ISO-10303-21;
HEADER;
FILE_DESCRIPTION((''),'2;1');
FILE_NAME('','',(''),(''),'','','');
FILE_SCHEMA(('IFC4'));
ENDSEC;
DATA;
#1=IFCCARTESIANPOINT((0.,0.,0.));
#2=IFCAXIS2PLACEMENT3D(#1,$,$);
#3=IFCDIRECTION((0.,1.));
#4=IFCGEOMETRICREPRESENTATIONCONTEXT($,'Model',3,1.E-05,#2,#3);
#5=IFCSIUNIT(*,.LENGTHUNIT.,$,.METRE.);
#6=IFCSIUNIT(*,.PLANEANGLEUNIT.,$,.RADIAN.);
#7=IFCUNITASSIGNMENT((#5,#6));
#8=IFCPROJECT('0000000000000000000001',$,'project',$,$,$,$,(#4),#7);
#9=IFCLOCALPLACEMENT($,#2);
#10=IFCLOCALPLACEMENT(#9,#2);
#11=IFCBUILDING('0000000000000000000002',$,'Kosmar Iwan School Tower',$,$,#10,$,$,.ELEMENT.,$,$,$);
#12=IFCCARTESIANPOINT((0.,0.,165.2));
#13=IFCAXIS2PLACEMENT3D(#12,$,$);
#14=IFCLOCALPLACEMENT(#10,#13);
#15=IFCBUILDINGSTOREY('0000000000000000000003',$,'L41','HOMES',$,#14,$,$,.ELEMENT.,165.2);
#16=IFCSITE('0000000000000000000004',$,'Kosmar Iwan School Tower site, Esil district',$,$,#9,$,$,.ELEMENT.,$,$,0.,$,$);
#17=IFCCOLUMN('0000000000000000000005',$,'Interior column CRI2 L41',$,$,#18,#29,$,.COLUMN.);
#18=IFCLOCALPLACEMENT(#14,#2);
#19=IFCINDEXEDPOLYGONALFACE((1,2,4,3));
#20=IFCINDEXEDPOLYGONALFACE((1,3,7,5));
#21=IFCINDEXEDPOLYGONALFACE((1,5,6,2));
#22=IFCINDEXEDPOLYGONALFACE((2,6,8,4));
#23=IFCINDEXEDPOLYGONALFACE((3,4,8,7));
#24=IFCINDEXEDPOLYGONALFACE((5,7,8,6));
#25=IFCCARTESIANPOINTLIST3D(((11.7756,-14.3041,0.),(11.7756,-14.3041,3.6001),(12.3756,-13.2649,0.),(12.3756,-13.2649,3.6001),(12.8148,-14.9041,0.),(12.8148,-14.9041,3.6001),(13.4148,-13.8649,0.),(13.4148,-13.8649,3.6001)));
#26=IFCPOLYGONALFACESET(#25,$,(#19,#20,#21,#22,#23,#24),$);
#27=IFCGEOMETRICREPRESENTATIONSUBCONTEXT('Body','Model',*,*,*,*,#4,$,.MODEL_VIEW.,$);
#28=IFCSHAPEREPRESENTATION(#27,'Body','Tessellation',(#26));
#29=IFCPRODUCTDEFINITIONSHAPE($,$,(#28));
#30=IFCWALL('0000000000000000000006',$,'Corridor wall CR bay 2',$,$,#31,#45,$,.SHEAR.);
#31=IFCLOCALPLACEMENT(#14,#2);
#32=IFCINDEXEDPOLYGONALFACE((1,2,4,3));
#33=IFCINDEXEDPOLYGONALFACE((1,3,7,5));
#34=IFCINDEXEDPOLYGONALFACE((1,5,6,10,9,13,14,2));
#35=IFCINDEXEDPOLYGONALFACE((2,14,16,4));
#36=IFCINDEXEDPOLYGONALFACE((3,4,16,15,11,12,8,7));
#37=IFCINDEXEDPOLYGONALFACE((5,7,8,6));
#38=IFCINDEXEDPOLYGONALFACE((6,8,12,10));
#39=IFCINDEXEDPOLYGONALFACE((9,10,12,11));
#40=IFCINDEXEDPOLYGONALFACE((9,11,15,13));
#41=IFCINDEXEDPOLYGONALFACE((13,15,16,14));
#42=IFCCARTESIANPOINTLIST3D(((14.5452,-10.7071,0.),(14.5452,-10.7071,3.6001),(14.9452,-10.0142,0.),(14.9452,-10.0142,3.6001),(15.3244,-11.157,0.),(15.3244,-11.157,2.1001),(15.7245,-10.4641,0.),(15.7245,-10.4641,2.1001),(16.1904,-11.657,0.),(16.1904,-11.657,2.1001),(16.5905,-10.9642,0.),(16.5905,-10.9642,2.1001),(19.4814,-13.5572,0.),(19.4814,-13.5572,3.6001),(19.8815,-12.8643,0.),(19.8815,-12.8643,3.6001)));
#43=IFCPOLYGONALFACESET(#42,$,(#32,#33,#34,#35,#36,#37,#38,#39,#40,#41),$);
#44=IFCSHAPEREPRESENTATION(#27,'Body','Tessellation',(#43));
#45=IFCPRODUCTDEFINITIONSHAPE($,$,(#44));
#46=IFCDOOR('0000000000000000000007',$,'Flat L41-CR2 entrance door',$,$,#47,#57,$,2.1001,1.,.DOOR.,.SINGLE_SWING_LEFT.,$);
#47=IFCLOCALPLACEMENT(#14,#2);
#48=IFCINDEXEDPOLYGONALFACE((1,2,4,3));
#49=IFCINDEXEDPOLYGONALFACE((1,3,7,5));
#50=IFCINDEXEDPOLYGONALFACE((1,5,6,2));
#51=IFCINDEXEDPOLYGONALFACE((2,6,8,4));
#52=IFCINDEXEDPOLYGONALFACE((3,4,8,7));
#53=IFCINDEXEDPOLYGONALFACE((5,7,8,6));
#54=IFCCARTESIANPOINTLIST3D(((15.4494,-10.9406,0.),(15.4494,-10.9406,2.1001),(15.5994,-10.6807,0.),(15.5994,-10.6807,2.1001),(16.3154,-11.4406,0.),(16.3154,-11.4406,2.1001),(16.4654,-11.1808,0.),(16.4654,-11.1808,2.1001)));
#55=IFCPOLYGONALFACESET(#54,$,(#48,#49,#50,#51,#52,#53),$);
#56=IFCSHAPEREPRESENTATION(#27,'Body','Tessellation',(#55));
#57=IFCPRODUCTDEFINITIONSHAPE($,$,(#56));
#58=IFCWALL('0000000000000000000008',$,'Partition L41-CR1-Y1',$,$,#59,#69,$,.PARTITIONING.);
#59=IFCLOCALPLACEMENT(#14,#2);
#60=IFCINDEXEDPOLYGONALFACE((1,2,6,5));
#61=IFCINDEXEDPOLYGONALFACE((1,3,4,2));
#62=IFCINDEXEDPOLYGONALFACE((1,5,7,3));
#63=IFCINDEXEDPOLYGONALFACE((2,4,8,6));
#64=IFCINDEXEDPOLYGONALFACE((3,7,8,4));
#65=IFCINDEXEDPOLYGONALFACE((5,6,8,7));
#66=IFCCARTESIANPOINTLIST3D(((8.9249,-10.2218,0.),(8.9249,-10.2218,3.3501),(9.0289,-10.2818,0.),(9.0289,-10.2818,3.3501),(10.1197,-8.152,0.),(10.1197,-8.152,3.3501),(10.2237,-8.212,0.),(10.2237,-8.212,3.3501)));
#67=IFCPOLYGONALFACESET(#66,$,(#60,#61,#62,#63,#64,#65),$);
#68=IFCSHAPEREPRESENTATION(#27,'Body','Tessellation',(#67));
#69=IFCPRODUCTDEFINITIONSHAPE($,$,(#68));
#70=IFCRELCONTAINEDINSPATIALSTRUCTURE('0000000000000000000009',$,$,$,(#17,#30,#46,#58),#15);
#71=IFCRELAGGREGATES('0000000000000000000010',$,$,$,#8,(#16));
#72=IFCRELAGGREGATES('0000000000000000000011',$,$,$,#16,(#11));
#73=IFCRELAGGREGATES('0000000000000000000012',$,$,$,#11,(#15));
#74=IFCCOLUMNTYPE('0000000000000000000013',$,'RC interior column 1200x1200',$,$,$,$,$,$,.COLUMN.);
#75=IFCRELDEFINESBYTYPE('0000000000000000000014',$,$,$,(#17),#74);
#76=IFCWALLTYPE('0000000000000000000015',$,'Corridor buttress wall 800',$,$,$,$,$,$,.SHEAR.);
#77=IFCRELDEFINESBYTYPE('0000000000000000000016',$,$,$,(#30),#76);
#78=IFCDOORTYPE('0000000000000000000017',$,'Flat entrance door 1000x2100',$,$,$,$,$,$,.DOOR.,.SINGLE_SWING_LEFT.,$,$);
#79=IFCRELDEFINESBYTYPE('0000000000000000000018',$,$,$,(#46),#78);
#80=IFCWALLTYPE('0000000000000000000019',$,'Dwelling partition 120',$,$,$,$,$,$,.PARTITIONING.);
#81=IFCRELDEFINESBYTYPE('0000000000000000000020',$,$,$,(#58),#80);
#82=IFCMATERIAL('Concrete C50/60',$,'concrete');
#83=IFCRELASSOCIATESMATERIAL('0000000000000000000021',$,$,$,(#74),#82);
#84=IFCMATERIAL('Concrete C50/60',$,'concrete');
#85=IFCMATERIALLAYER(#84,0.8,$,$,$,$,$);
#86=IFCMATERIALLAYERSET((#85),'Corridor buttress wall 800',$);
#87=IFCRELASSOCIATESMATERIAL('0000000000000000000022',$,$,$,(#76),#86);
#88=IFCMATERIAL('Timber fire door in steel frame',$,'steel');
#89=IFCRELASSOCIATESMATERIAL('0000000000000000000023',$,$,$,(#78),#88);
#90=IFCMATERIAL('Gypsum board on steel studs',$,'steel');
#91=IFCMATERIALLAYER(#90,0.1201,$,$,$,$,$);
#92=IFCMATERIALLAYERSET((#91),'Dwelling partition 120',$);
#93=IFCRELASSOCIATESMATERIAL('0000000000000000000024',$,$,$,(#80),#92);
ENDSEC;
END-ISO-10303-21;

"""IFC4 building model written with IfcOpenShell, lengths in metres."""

from ifc_helpers import new_model, si_unit, direction, frame, frame_2d, origin, origin_2d, place, context, subcontext, project, spatial, rectangle, extrude, material, layer, layer_set, material_profile, profile_set, type_object, element, fill, save


model = new_model("IFC4")

# Units and contexts
model_context = context("Model", 3, precision=1e-05, world=origin(), true_north=direction((0.0, 1.0)))
body_context = subcontext(model_context, "Body", "Model", "MODEL_VIEW")
ifc_project = project(units=[si_unit("LENGTHUNIT", "METRE"), si_unit("PLANEANGLEUNIT", "RADIAN")], contexts=[model_context])

# Site, building, storey
site_placement = place(None, origin())
site = spatial("IfcSite", under=ifc_project, at=site_placement, Name="Kosmar Iwan School Tower site, Esil district", CompositionType="ELEMENT", RefElevation=0.0)
building_placement = place(site_placement, origin())
building = spatial("IfcBuilding", under=site, at=building_placement, Name="Kosmar Iwan School Tower", CompositionType="ELEMENT")
storey_placement = place(building_placement, frame((0.0, 0.0, 165.2)))
storey = spatial("IfcBuildingStorey", under=building, at=storey_placement, Name="L41", Description="HOMES", CompositionType="ELEMENT", Elevation=165.2)

# Column
ifc_material_1 = material(Name="Concrete C50/60", Category="concrete")
ifc_material_profile = material_profile(ifc_material_1, rectangle(XDim=1.2, YDim=1.2, at=origin_2d()), Name="RC 1200x1200")
ifc_profile_set = profile_set([ifc_material_profile], Name="Concrete C50/60")
column_type = type_object("IfcColumnType", Name="RC interior column 1200x1200", PredefinedType="COLUMN", material=ifc_profile_set)
column_placement = place(storey_placement, frame((12.5952, -14.0845, 0.0), z_axis=(0.0, 0.0, 1.0), x_axis=(0.866025, -0.5, 0.0)))
element("IfcColumn", 1, at=column_placement, inside=storey, type_object=column_type, Name="Interior column CRI2 L41", PredefinedType="COLUMN", context=body_context, shape_type="SweptSolid", body=[
    extrude(rectangle(XDim=1.2, YDim=1.2, at=origin_2d()), origin(), (0.0, 0.0, 1.0), 3.6001),
])

# Wall, opening, door
ifc_material_2 = material(Name="Concrete C50/60", Category="concrete")
ifc_layer_1 = layer(ifc_material_2, 0.8)
ifc_layer_set_1 = layer_set([ifc_layer_1], Name="Corridor buttress wall 800")
wall_type_1 = type_object("IfcWallType", Name="Corridor buttress wall 800", PredefinedType="SHEAR", material=ifc_layer_set_1)
wall_1_placement = place(storey_placement, frame((14.7451, -10.3606, 0.0), z_axis=(0.0, 0.0, 1.0), x_axis=(0.866015, -0.500018, 0.0)))
wall_1 = element("IfcWall", 2, at=wall_1_placement, inside=storey, type_object=wall_type_1, Name="Corridor wall CR bay 2", PredefinedType="SHEAR", context=body_context, shape_type="SweptSolid", body=[
    extrude(rectangle(XDim=5.7, YDim=0.8, at=frame_2d((2.8501, 0.0))), origin(), (0.0, 0.0, 1.0), 3.6001),
])
opening_1_placement = place(wall_1_placement, frame((0.8999, 0.0, 0.0)))
opening_1 = element("IfcOpeningElement", 3, at=opening_1_placement, cuts=wall_1, PredefinedType="OPENING", context=body_context, shape_type="SweptSolid", body=[
    extrude(rectangle(XDim=1.0, YDim=2.1001, at=frame_2d((0.5, 1.05))), frame((0.0, 0.4121, 0.0), z_axis=(0.0, -1.0, 0.0), x_axis=(1.0, 0.0, 0.0)), (0.0, 0.0, 1.0), 0.824),
])
ifc_material_3 = material(Name="Timber fire door in steel frame", Category="steel")
door_type_1 = type_object("IfcDoorType", Name="Flat entrance door 1000x2100", OperationType="SINGLE_SWING_LEFT", PredefinedType="DOOR", material=ifc_material_3)
door_1_placement = place(opening_1_placement, origin())
door_1 = element("IfcDoor", 4, at=door_1_placement, inside=storey, type_object=door_type_1, Name="Flat L41-CR2 entrance door", OperationType="SINGLE_SWING_LEFT", OverallHeight=2.1001, OverallWidth=1.0, PredefinedType="DOOR", context=body_context, shape_type="SweptSolid", body=[
    extrude(rectangle(XDim=1.0, YDim=2.1001, at=frame_2d((0.5, 1.05))), frame((0.0, 0.1499, 0.0), z_axis=(0.0, -1.0, 0.0), x_axis=(1.0, 0.0, 0.0)), (0.0, 0.0, 1.0), 0.3),
])
fill(opening_1, door_1)

# Wall
ifc_material_4 = material(Name="Gypsum board on steel studs", Category="steel")
ifc_layer_2 = layer(ifc_material_4, 0.1201)
ifc_layer_set_2 = layer_set([ifc_layer_2], Name="Dwelling partition 120")
wall_type_2 = type_object("IfcWallType", Name="Dwelling partition 120", PredefinedType="PARTITIONING", material=ifc_layer_set_2)
wall_2_placement = place(storey_placement, frame((10.1716, -8.1821, 0.0), z_axis=(0.0, 0.0, 1.0), x_axis=(-0.499941, -0.86606, 0.0)))
element("IfcWall", 5, at=wall_2_placement, inside=storey, type_object=wall_type_2, Name="Partition L41-CR1-Y1", PredefinedType="PARTITIONING", context=body_context, shape_type="SweptSolid", body=[
    extrude(rectangle(XDim=2.3899, YDim=0.1201, at=frame_2d((1.1948, 0.0))), origin(), (0.0, 0.0, 1.0), 3.3501),
])

save(model, "model.ifc")
